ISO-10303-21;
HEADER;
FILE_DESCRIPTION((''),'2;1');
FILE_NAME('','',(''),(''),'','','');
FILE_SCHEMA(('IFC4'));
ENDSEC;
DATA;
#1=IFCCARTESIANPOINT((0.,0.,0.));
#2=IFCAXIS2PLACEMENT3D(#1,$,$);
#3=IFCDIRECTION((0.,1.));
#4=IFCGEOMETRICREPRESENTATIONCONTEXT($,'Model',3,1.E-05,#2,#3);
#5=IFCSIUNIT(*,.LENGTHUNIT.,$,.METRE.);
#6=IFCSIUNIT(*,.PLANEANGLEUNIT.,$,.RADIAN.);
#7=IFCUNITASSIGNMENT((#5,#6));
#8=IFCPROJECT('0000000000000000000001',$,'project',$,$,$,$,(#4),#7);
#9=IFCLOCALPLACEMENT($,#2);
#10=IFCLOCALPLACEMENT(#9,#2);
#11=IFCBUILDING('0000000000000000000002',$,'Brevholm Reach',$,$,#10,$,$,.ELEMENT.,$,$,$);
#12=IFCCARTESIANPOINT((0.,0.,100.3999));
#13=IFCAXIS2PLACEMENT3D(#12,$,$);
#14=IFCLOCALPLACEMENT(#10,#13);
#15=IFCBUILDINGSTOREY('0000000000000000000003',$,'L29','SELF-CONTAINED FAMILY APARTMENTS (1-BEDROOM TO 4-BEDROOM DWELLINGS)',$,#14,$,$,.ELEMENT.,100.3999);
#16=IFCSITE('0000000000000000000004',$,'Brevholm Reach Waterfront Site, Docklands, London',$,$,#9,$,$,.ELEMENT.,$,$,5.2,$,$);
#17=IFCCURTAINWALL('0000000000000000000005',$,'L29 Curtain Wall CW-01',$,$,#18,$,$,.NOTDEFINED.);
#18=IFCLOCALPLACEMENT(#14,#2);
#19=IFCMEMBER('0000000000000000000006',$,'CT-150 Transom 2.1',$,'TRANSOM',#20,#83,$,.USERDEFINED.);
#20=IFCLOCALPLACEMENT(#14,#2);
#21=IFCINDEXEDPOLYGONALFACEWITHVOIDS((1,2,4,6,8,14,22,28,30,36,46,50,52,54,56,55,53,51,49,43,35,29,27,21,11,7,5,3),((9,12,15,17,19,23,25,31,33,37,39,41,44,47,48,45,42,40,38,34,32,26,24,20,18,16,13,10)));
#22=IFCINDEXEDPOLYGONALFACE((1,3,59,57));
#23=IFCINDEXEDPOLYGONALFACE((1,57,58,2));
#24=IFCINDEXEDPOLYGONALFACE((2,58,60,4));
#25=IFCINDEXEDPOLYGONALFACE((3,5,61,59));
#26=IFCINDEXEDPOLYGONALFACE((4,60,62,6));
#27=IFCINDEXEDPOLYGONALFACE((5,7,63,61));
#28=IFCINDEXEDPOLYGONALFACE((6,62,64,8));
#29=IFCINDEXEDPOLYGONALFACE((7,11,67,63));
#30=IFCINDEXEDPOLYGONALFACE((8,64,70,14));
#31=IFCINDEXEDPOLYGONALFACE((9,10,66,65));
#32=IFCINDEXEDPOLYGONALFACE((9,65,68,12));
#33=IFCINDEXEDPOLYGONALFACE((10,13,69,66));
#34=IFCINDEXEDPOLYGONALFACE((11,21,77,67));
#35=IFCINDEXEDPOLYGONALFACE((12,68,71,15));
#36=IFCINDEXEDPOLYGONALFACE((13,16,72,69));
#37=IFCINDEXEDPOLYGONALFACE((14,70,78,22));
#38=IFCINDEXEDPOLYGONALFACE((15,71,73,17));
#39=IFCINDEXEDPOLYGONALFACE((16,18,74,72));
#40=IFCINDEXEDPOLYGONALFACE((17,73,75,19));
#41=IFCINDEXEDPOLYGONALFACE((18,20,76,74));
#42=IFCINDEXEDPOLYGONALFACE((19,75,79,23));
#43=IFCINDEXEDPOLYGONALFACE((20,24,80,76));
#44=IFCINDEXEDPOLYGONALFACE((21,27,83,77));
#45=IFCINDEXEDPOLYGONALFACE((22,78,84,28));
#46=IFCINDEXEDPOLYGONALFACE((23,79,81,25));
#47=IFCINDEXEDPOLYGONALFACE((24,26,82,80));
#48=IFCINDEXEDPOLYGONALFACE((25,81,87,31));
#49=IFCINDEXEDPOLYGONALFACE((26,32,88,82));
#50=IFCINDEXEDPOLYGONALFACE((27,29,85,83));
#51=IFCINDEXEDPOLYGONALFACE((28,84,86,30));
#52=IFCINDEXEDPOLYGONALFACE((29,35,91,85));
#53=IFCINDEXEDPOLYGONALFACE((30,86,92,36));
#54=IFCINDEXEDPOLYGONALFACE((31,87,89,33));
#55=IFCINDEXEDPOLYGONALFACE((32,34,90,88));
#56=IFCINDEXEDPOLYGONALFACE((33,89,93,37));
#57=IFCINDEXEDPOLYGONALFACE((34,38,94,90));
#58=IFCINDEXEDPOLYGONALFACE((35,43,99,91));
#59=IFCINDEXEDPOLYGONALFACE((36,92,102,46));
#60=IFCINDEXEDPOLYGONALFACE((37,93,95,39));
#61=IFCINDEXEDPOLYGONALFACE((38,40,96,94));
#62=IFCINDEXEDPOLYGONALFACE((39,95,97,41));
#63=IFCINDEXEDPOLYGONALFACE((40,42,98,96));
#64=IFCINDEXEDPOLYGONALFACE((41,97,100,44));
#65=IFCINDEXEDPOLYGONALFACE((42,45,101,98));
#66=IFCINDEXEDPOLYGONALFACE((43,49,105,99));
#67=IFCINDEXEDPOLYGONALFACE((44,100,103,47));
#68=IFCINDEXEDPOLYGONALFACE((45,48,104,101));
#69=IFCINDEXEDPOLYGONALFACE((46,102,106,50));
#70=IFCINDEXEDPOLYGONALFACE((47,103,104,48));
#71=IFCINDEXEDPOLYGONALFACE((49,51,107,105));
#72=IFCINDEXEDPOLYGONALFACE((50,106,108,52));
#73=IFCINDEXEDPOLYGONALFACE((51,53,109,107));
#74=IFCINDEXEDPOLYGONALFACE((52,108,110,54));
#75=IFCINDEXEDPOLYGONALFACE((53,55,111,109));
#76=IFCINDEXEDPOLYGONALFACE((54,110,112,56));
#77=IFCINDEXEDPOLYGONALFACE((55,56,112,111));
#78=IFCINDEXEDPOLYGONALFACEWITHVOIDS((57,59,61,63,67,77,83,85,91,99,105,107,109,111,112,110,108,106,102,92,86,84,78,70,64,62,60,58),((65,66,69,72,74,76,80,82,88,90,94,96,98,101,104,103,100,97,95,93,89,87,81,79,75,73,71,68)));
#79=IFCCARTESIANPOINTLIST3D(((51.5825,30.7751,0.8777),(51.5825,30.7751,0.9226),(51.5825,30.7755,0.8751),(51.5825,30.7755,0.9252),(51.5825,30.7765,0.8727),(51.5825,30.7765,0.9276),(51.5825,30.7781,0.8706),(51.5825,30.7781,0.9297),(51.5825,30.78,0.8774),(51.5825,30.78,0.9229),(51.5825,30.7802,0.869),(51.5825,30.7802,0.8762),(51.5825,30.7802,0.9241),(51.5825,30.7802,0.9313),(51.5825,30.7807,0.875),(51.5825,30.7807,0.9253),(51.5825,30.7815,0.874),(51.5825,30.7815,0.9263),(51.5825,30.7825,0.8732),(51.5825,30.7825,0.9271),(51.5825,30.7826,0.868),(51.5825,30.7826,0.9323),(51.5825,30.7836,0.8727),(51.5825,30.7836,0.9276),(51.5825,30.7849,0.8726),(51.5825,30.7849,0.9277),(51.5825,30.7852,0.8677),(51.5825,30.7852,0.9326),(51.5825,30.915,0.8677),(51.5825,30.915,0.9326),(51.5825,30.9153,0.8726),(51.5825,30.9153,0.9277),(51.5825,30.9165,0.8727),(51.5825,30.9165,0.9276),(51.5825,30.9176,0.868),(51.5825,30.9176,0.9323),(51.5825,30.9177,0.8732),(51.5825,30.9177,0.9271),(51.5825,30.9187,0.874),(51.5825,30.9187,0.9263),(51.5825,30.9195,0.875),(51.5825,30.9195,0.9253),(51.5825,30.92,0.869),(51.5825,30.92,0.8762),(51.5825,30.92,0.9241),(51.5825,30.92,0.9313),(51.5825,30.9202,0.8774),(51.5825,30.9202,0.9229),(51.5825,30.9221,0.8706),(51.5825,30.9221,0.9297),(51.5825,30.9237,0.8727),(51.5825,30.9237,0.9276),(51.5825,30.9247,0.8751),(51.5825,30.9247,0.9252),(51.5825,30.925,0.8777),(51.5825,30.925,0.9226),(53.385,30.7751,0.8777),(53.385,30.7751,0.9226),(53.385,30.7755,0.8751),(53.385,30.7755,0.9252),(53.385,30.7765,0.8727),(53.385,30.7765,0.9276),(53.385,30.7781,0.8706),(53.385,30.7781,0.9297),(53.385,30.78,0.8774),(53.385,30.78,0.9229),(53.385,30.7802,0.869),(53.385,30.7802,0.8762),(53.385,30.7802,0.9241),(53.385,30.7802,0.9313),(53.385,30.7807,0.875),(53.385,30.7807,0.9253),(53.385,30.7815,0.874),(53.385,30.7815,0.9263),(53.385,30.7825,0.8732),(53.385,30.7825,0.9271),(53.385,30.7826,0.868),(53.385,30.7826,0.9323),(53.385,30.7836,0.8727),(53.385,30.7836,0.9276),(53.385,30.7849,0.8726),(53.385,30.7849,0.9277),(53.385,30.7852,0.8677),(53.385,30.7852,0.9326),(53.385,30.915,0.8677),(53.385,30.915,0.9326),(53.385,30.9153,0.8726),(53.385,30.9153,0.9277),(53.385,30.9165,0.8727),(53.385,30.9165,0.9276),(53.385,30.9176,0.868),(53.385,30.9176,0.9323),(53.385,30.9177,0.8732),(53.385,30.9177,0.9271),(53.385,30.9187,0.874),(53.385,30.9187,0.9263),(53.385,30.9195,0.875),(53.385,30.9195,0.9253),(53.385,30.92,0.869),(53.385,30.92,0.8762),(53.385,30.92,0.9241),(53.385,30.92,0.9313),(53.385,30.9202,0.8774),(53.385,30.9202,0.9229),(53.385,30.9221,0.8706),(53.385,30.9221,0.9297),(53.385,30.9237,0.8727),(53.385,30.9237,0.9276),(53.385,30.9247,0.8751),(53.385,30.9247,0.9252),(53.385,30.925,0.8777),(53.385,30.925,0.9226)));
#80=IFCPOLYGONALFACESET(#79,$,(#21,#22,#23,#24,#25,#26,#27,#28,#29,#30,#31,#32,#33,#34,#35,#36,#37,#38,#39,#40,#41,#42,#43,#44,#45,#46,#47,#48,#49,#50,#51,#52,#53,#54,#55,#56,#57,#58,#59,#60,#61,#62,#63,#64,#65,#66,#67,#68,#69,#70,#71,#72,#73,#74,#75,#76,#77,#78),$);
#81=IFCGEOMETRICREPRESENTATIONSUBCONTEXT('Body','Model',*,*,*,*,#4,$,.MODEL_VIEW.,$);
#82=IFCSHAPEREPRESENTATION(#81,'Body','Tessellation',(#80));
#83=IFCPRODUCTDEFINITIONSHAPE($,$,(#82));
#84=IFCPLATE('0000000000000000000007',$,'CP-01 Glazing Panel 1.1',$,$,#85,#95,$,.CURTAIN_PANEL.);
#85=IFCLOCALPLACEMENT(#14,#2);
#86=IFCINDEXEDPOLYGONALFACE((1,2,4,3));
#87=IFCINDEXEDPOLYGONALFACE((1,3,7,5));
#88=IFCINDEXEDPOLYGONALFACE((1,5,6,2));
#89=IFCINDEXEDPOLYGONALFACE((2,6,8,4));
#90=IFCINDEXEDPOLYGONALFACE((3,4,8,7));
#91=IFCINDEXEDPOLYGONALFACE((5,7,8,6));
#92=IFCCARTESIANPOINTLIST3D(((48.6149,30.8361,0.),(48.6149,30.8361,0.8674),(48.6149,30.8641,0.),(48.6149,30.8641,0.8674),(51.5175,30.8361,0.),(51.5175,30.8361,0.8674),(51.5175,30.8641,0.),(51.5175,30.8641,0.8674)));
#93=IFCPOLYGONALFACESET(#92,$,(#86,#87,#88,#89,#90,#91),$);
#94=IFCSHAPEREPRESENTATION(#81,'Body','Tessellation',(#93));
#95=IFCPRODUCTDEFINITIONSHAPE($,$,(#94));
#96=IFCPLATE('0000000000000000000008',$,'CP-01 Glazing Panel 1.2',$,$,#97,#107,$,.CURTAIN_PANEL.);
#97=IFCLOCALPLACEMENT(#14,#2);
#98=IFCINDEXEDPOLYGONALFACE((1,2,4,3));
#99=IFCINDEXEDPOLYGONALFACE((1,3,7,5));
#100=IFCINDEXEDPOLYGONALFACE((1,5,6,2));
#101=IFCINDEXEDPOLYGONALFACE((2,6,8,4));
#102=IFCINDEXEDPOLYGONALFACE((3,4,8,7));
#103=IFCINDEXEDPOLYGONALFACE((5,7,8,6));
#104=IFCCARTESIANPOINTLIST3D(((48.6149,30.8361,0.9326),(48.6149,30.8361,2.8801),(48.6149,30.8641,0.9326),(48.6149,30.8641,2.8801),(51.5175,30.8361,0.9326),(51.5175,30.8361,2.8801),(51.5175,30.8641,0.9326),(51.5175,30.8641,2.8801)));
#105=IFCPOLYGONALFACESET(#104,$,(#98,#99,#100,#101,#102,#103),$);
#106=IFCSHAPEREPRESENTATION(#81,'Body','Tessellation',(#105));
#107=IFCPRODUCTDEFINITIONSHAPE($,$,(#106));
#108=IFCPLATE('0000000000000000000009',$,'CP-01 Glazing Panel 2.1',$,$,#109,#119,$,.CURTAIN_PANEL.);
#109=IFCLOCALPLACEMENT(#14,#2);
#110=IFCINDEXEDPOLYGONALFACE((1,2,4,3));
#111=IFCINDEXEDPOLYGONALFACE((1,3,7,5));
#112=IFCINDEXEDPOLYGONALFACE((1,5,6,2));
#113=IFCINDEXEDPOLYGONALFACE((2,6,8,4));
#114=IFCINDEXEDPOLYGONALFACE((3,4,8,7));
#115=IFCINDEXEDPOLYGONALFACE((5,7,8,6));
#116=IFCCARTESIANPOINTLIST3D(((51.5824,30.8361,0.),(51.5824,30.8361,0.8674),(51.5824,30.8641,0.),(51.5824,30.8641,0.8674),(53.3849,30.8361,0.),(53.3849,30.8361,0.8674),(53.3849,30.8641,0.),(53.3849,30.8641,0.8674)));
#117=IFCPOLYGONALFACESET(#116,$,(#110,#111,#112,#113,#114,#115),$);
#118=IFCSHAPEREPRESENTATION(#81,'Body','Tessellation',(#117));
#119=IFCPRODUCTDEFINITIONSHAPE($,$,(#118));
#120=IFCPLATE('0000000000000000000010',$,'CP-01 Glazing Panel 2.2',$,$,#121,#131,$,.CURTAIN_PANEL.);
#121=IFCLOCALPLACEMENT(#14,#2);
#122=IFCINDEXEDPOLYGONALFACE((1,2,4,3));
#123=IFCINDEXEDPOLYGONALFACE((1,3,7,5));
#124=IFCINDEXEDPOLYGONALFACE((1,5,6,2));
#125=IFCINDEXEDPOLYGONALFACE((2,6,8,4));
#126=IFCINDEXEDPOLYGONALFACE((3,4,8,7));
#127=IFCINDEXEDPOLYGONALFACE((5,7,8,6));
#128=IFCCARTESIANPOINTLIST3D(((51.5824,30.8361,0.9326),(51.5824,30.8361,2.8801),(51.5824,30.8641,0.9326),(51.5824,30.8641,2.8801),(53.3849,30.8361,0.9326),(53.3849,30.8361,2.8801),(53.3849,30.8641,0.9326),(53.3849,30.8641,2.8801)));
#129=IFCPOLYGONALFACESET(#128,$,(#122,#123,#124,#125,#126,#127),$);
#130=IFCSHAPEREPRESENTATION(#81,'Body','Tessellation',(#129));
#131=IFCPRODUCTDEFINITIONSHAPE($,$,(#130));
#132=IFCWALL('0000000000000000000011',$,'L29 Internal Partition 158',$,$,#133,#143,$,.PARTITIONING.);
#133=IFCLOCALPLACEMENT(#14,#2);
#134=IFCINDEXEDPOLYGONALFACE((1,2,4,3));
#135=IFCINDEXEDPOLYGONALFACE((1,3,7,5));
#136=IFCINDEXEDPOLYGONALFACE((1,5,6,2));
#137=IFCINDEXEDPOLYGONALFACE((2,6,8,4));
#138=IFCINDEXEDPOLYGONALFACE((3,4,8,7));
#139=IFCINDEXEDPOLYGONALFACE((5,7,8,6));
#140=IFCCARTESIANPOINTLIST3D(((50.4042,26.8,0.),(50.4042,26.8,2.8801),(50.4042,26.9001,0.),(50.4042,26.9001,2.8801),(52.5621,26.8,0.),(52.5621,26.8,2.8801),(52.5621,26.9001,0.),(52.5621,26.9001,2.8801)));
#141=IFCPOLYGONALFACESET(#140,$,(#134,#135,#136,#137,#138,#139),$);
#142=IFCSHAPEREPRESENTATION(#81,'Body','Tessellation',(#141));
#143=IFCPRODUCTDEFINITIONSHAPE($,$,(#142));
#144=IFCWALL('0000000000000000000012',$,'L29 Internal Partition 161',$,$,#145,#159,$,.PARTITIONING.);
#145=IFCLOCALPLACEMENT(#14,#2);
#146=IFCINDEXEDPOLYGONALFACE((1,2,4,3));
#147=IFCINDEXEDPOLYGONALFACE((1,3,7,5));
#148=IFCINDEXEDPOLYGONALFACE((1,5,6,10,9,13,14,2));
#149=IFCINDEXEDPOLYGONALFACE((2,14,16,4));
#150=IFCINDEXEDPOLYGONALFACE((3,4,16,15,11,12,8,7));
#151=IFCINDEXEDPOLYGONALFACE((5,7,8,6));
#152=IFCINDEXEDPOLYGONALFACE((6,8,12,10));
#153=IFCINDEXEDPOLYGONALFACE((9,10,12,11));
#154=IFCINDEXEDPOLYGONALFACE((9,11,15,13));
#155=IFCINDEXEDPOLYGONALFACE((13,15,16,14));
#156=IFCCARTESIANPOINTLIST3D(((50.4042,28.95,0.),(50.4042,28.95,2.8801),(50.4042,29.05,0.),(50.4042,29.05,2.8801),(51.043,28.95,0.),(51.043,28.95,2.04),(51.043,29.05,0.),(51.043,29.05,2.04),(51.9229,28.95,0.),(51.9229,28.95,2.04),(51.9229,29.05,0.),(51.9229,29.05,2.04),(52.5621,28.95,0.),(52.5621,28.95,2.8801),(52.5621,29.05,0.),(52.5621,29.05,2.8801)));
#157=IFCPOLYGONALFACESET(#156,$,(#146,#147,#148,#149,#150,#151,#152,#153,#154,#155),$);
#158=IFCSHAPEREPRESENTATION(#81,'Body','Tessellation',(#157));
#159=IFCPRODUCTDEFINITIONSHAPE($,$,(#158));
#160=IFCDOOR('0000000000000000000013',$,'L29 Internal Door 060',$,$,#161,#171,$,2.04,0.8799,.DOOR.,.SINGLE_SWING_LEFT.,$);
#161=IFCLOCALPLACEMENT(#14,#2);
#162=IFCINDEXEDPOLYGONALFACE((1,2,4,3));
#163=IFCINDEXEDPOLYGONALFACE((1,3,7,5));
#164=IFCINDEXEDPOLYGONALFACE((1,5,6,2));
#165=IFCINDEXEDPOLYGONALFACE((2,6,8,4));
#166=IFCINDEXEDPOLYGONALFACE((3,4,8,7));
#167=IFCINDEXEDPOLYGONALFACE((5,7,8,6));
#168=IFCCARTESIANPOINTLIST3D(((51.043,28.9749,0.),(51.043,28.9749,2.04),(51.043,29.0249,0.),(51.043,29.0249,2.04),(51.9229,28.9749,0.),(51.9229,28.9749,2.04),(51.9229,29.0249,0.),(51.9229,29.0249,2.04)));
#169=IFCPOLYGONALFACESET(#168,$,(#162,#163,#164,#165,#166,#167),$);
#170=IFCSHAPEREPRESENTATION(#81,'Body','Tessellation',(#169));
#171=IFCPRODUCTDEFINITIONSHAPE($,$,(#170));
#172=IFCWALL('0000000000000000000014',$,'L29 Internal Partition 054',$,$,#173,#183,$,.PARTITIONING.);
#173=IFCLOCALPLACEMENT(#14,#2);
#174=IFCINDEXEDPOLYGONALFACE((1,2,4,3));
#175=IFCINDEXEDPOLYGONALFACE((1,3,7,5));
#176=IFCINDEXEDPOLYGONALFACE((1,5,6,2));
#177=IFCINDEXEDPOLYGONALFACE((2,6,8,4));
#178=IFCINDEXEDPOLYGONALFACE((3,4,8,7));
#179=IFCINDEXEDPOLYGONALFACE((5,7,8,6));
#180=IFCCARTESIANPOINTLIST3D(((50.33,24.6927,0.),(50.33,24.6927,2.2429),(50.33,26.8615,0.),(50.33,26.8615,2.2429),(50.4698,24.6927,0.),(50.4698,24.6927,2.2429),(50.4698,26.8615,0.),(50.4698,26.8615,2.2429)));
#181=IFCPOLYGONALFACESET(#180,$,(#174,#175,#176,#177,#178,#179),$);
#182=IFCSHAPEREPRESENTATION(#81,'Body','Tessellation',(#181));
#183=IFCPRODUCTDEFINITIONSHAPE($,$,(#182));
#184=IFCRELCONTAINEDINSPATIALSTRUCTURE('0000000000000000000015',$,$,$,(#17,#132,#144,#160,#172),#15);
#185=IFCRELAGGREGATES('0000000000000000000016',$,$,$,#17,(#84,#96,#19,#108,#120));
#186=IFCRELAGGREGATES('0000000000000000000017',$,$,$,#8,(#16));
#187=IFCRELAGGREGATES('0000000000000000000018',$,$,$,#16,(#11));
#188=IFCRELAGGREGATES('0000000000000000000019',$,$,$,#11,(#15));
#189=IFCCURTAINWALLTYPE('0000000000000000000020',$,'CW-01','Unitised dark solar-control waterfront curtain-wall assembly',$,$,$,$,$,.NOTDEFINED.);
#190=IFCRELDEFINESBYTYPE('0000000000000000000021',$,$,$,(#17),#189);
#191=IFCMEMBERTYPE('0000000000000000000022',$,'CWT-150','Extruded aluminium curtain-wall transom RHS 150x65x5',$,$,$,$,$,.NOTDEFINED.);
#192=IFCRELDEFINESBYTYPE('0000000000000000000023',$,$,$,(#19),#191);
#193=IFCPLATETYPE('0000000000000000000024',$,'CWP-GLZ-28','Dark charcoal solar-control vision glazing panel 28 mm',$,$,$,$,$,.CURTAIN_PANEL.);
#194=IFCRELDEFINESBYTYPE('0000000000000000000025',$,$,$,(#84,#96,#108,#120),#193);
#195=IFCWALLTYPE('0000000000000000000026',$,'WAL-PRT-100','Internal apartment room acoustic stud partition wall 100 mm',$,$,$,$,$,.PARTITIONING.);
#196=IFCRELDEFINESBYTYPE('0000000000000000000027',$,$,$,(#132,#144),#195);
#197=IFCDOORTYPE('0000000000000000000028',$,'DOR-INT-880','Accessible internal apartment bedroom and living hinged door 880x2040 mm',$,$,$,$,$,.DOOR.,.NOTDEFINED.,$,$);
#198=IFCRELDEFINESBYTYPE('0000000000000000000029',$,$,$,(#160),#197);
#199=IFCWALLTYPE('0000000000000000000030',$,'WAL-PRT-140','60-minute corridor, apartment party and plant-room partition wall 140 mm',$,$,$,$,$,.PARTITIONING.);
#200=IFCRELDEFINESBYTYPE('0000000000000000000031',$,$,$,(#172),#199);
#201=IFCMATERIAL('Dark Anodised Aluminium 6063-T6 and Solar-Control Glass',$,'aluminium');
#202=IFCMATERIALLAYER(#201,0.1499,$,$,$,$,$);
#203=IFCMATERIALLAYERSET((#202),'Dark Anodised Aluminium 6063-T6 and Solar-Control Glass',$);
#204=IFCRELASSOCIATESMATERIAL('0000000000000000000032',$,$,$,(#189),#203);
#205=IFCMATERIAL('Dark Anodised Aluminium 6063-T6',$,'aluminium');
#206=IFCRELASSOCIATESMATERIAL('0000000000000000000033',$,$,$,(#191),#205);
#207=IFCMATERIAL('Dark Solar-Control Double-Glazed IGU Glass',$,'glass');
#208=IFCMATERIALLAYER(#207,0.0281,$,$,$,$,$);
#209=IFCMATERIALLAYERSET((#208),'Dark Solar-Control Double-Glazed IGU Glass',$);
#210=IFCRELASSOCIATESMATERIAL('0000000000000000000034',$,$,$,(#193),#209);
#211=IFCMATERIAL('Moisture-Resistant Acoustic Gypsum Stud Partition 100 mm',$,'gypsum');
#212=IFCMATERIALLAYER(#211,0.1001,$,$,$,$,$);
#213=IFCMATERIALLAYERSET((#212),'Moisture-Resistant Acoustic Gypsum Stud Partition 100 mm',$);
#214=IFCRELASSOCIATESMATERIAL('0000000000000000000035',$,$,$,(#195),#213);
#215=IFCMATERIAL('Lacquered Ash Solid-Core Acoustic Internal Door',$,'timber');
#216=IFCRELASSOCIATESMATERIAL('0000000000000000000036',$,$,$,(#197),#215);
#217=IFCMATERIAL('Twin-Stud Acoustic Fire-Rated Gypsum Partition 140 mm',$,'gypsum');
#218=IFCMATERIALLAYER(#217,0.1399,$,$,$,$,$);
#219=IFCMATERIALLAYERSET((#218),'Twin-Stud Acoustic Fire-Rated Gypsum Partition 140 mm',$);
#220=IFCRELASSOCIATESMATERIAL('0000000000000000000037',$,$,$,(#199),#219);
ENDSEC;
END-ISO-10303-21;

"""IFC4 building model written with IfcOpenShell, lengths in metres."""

from ifc_helpers import new_model, si_unit, direction, frame, frame_2d, origin, origin_2d, place, context, subcontext, project, spatial, rectangle, hollow_rectangle, extrude, material, layer, layer_set, material_profile, profile_set, type_object, element, fill, aggregate, save


model = new_model("IFC4")

# Units and contexts
model_context = context("Model", 3, precision=1e-05, world=origin(), true_north=direction((0.0, 1.0)))
body_context = subcontext(model_context, "Body", "Model", "MODEL_VIEW")
ifc_project = project(units=[si_unit("LENGTHUNIT", "METRE"), si_unit("PLANEANGLEUNIT", "RADIAN")], contexts=[model_context])

# Site, building, storey
site_placement = place(None, origin())
site = spatial("IfcSite", under=ifc_project, at=site_placement, Name="Brevholm Reach Waterfront Site, Docklands, London", CompositionType="ELEMENT", RefElevation=5.2)
building_placement = place(site_placement, origin())
building = spatial("IfcBuilding", under=site, at=building_placement, Name="Brevholm Reach", CompositionType="ELEMENT")
storey_placement = place(building_placement, frame((0.0, 0.0, 100.3999)))
storey = spatial("IfcBuildingStorey", under=building, at=storey_placement, Name="L29", Description="SELF-CONTAINED FAMILY APARTMENTS (1-BEDROOM TO 4-BEDROOM DWELLINGS)", CompositionType="ELEMENT", Elevation=100.3999)

# Curtain wall, member, plates
ifc_material_1 = material(Name="Dark Anodised Aluminium 6063-T6 and Solar-Control Glass", Category="aluminium")
ifc_layer_1 = layer(ifc_material_1, 0.1499)
ifc_layer_set_1 = layer_set([ifc_layer_1], Name="Dark Anodised Aluminium 6063-T6 and Solar-Control Glass")
curtain_wall_type = type_object("IfcCurtainWallType", Name="CW-01", Description="Unitised dark solar-control waterfront curtain-wall assembly", PredefinedType="NOTDEFINED", material=ifc_layer_set_1)
curtain_wall_placement = place(storey_placement, origin())
curtain_wall = element("IfcCurtainWall", 1, at=curtain_wall_placement, inside=storey, type_object=curtain_wall_type, Name="L29 Curtain Wall CW-01", PredefinedType="NOTDEFINED")
ifc_material_2 = material(Name="Dark Anodised Aluminium 6063-T6", Category="aluminium")
ifc_material_profile_1 = material_profile(ifc_material_2, hollow_rectangle(XDim=0.0649, YDim=0.1499, WallThickness=0.0049, InnerFilletRadius=0.0049, OuterFilletRadius=0.01, at=origin_2d()), Name="RHS 150x65x5")
ifc_profile_set_1 = profile_set([ifc_material_profile_1], Name="Dark Anodised Aluminium 6063-T6")
member_type_1 = type_object("IfcMemberType", Name="CWT-150", Description="Extruded aluminium curtain-wall transom RHS 150x65x5", PredefinedType="NOTDEFINED", material=ifc_profile_set_1)
member_1_placement = place(storey_placement, frame((51.5825, 30.8501, 0.9001), z_axis=(1.0, 0.0, 0.0), x_axis=(0.0, 0.0, 1.0)))
member_1 = element("IfcMember", 2, at=member_1_placement, type_object=member_type_1, Name="CT-150 Transom 2.1", ObjectType="TRANSOM", PredefinedType="USERDEFINED", context=body_context, shape_type="SweptSolid", body=[
    extrude(hollow_rectangle(XDim=0.0649, YDim=0.1499, WallThickness=0.0049, InnerFilletRadius=0.0049, OuterFilletRadius=0.01, at=origin_2d()), origin(), (0.0, 0.0, 1.0), 1.8025),
])
ifc_material_3 = material(Name="Dark Solar-Control Double-Glazed IGU Glass", Category="glass")
ifc_layer_2 = layer(ifc_material_3, 0.0281)
ifc_layer_set_2 = layer_set([ifc_layer_2], Name="Dark Solar-Control Double-Glazed IGU Glass")
plate_type = type_object("IfcPlateType", Name="CWP-GLZ-28", Description="Dark charcoal solar-control vision glazing panel 28 mm", PredefinedType="CURTAIN_PANEL", material=ifc_layer_set_2)
plate_1_placement = place(storey_placement, frame((50.0662, 30.8501, 0.0), z_axis=(0.0, 0.0, 1.0), x_axis=(1.0, 0.0, 0.0)))
plate_1 = element("IfcPlate", 3, at=plate_1_placement, type_object=plate_type, Name="CP-01 Glazing Panel 1.1", PredefinedType="CURTAIN_PANEL", context=body_context, shape_type="SweptSolid", body=[
    extrude(rectangle(XDim=2.9026, YDim=0.0281, at=origin_2d()), origin(), (0.0, 0.0, 1.0), 0.8674),
])
plate_2_placement = place(storey_placement, frame((50.0662, 30.8501, 0.9326), z_axis=(0.0, 0.0, 1.0), x_axis=(1.0, 0.0, 0.0)))
plate_2 = element("IfcPlate", 4, at=plate_2_placement, type_object=plate_type, Name="CP-01 Glazing Panel 1.2", PredefinedType="CURTAIN_PANEL", context=body_context, shape_type="SweptSolid", body=[
    extrude(rectangle(XDim=2.9026, YDim=0.0281, at=origin_2d()), origin(), (0.0, 0.0, 1.0), 1.9475),
])
plate_3_placement = place(storey_placement, frame((52.4836, 30.8501, 0.0), z_axis=(0.0, 0.0, 1.0), x_axis=(1.0, 0.0, 0.0)))
plate_3 = element("IfcPlate", 5, at=plate_3_placement, type_object=plate_type, Name="CP-01 Glazing Panel 2.1", PredefinedType="CURTAIN_PANEL", context=body_context, shape_type="SweptSolid", body=[
    extrude(rectangle(XDim=1.8025, YDim=0.0281, at=origin_2d()), origin(), (0.0, 0.0, 1.0), 0.8674),
])
plate_4_placement = place(storey_placement, frame((52.4836, 30.8501, 0.9326), z_axis=(0.0, 0.0, 1.0), x_axis=(1.0, 0.0, 0.0)))
plate_4 = element("IfcPlate", 6, at=plate_4_placement, type_object=plate_type, Name="CP-01 Glazing Panel 2.2", PredefinedType="CURTAIN_PANEL", context=body_context, shape_type="SweptSolid", body=[
    extrude(rectangle(XDim=1.8025, YDim=0.0281, at=origin_2d()), origin(), (0.0, 0.0, 1.0), 1.9475),
])
aggregate(curtain_wall, [plate_1, plate_2, member_1, plate_3, plate_4])

# Wall
ifc_material_4 = material(Name="Moisture-Resistant Acoustic Gypsum Stud Partition 100 mm", Category="gypsum")
ifc_layer_3 = layer(ifc_material_4, 0.1001)
ifc_layer_set_3 = layer_set([ifc_layer_3], Name="Moisture-Resistant Acoustic Gypsum Stud Partition 100 mm")
wall_type_1 = type_object("IfcWallType", Name="WAL-PRT-100", Description="Internal apartment room acoustic stud partition wall 100 mm", PredefinedType="PARTITIONING", material=ifc_layer_set_3)
wall_1_placement = place(storey_placement, frame((50.4041, 26.8501, 0.0), z_axis=(0.0, 0.0, 1.0), x_axis=(1.0, 0.0, 0.0)))
element("IfcWall", 7, at=wall_1_placement, inside=storey, type_object=wall_type_1, Name="L29 Internal Partition 158", PredefinedType="PARTITIONING", context=body_context, shape_type="SweptSolid", body=[
    extrude(rectangle(XDim=2.158, YDim=0.1001, at=frame_2d((1.0791, 0.0))), origin(), (0.0, 0.0, 1.0), 2.8801),
])

# Wall, opening, door
wall_2_placement = place(storey_placement, frame((50.4041, 29.0, 0.0), z_axis=(0.0, 0.0, 1.0), x_axis=(1.0, 0.0, 0.0)))
wall_2 = element("IfcWall", 8, at=wall_2_placement, inside=storey, type_object=wall_type_1, Name="L29 Internal Partition 161", PredefinedType="PARTITIONING", context=body_context, shape_type="SweptSolid", body=[
    extrude(rectangle(XDim=2.158, YDim=0.1001, at=frame_2d((1.0791, 0.0))), origin(), (0.0, 0.0, 1.0), 2.8801),
])
opening_1_placement = place(wall_2_placement, frame((0.6389, 0.0, 0.0)))
opening_1 = element("IfcOpeningElement", 9, at=opening_1_placement, cuts=wall_2, PredefinedType="OPENING", context=body_context, shape_type="SweptSolid", body=[
    extrude(rectangle(XDim=0.8799, YDim=2.04, at=frame_2d((0.4399, 1.02))), frame((0.0, 0.0601, 0.0), z_axis=(0.0, -1.0, 0.0), x_axis=(1.0, 0.0, 0.0)), (0.0, 0.0, 1.0), 0.1201),
])
ifc_material_5 = material(Name="Lacquered Ash Solid-Core Acoustic Internal Door", Category="timber")
door_type_1 = type_object("IfcDoorType", Name="DOR-INT-880", Description="Accessible internal apartment bedroom and living hinged door 880x2040 mm", OperationType="NOTDEFINED", PredefinedType="DOOR", material=ifc_material_5)
door_1_placement = place(opening_1_placement, origin())
door_1 = element("IfcDoor", 10, at=door_1_placement, inside=storey, type_object=door_type_1, Name="L29 Internal Door 060", OperationType="SINGLE_SWING_LEFT", OverallHeight=2.04, OverallWidth=0.8799, PredefinedType="DOOR", context=body_context, shape_type="SweptSolid", body=[
    extrude(rectangle(XDim=0.8799, YDim=2.04, at=frame_2d((0.4399, 1.02))), frame((0.0, 0.0249, 0.0), z_axis=(0.0, -1.0, 0.0), x_axis=(1.0, 0.0, 0.0)), (0.0, 0.0, 1.0), 0.05),
])
fill(opening_1, door_1)

# Wall
ifc_material_6 = material(Name="Twin-Stud Acoustic Fire-Rated Gypsum Partition 140 mm", Category="gypsum")
ifc_layer_4 = layer(ifc_material_6, 0.1399)
ifc_layer_set_4 = layer_set([ifc_layer_4], Name="Twin-Stud Acoustic Fire-Rated Gypsum Partition 140 mm")
wall_type_2 = type_object("IfcWallType", Name="WAL-PRT-140", Description="60-minute corridor, apartment party and plant-room partition wall 140 mm", PredefinedType="PARTITIONING", material=ifc_layer_set_4)
wall_3_placement = place(storey_placement, frame((50.3999, 24.6926, 0.0), z_axis=(0.0, 0.0, 1.0), x_axis=(0.0, 1.0, 0.0)))
element("IfcWall", 11, at=wall_3_placement, inside=storey, type_object=wall_type_2, Name="L29 Internal Partition 054", PredefinedType="PARTITIONING", context=body_context, shape_type="SweptSolid", body=[
    extrude(rectangle(XDim=2.1687, YDim=0.1399, at=frame_2d((1.0845, 0.0))), origin(), (0.0, 0.0, 1.0), 2.2429),
])

save(model, "model.ifc")
